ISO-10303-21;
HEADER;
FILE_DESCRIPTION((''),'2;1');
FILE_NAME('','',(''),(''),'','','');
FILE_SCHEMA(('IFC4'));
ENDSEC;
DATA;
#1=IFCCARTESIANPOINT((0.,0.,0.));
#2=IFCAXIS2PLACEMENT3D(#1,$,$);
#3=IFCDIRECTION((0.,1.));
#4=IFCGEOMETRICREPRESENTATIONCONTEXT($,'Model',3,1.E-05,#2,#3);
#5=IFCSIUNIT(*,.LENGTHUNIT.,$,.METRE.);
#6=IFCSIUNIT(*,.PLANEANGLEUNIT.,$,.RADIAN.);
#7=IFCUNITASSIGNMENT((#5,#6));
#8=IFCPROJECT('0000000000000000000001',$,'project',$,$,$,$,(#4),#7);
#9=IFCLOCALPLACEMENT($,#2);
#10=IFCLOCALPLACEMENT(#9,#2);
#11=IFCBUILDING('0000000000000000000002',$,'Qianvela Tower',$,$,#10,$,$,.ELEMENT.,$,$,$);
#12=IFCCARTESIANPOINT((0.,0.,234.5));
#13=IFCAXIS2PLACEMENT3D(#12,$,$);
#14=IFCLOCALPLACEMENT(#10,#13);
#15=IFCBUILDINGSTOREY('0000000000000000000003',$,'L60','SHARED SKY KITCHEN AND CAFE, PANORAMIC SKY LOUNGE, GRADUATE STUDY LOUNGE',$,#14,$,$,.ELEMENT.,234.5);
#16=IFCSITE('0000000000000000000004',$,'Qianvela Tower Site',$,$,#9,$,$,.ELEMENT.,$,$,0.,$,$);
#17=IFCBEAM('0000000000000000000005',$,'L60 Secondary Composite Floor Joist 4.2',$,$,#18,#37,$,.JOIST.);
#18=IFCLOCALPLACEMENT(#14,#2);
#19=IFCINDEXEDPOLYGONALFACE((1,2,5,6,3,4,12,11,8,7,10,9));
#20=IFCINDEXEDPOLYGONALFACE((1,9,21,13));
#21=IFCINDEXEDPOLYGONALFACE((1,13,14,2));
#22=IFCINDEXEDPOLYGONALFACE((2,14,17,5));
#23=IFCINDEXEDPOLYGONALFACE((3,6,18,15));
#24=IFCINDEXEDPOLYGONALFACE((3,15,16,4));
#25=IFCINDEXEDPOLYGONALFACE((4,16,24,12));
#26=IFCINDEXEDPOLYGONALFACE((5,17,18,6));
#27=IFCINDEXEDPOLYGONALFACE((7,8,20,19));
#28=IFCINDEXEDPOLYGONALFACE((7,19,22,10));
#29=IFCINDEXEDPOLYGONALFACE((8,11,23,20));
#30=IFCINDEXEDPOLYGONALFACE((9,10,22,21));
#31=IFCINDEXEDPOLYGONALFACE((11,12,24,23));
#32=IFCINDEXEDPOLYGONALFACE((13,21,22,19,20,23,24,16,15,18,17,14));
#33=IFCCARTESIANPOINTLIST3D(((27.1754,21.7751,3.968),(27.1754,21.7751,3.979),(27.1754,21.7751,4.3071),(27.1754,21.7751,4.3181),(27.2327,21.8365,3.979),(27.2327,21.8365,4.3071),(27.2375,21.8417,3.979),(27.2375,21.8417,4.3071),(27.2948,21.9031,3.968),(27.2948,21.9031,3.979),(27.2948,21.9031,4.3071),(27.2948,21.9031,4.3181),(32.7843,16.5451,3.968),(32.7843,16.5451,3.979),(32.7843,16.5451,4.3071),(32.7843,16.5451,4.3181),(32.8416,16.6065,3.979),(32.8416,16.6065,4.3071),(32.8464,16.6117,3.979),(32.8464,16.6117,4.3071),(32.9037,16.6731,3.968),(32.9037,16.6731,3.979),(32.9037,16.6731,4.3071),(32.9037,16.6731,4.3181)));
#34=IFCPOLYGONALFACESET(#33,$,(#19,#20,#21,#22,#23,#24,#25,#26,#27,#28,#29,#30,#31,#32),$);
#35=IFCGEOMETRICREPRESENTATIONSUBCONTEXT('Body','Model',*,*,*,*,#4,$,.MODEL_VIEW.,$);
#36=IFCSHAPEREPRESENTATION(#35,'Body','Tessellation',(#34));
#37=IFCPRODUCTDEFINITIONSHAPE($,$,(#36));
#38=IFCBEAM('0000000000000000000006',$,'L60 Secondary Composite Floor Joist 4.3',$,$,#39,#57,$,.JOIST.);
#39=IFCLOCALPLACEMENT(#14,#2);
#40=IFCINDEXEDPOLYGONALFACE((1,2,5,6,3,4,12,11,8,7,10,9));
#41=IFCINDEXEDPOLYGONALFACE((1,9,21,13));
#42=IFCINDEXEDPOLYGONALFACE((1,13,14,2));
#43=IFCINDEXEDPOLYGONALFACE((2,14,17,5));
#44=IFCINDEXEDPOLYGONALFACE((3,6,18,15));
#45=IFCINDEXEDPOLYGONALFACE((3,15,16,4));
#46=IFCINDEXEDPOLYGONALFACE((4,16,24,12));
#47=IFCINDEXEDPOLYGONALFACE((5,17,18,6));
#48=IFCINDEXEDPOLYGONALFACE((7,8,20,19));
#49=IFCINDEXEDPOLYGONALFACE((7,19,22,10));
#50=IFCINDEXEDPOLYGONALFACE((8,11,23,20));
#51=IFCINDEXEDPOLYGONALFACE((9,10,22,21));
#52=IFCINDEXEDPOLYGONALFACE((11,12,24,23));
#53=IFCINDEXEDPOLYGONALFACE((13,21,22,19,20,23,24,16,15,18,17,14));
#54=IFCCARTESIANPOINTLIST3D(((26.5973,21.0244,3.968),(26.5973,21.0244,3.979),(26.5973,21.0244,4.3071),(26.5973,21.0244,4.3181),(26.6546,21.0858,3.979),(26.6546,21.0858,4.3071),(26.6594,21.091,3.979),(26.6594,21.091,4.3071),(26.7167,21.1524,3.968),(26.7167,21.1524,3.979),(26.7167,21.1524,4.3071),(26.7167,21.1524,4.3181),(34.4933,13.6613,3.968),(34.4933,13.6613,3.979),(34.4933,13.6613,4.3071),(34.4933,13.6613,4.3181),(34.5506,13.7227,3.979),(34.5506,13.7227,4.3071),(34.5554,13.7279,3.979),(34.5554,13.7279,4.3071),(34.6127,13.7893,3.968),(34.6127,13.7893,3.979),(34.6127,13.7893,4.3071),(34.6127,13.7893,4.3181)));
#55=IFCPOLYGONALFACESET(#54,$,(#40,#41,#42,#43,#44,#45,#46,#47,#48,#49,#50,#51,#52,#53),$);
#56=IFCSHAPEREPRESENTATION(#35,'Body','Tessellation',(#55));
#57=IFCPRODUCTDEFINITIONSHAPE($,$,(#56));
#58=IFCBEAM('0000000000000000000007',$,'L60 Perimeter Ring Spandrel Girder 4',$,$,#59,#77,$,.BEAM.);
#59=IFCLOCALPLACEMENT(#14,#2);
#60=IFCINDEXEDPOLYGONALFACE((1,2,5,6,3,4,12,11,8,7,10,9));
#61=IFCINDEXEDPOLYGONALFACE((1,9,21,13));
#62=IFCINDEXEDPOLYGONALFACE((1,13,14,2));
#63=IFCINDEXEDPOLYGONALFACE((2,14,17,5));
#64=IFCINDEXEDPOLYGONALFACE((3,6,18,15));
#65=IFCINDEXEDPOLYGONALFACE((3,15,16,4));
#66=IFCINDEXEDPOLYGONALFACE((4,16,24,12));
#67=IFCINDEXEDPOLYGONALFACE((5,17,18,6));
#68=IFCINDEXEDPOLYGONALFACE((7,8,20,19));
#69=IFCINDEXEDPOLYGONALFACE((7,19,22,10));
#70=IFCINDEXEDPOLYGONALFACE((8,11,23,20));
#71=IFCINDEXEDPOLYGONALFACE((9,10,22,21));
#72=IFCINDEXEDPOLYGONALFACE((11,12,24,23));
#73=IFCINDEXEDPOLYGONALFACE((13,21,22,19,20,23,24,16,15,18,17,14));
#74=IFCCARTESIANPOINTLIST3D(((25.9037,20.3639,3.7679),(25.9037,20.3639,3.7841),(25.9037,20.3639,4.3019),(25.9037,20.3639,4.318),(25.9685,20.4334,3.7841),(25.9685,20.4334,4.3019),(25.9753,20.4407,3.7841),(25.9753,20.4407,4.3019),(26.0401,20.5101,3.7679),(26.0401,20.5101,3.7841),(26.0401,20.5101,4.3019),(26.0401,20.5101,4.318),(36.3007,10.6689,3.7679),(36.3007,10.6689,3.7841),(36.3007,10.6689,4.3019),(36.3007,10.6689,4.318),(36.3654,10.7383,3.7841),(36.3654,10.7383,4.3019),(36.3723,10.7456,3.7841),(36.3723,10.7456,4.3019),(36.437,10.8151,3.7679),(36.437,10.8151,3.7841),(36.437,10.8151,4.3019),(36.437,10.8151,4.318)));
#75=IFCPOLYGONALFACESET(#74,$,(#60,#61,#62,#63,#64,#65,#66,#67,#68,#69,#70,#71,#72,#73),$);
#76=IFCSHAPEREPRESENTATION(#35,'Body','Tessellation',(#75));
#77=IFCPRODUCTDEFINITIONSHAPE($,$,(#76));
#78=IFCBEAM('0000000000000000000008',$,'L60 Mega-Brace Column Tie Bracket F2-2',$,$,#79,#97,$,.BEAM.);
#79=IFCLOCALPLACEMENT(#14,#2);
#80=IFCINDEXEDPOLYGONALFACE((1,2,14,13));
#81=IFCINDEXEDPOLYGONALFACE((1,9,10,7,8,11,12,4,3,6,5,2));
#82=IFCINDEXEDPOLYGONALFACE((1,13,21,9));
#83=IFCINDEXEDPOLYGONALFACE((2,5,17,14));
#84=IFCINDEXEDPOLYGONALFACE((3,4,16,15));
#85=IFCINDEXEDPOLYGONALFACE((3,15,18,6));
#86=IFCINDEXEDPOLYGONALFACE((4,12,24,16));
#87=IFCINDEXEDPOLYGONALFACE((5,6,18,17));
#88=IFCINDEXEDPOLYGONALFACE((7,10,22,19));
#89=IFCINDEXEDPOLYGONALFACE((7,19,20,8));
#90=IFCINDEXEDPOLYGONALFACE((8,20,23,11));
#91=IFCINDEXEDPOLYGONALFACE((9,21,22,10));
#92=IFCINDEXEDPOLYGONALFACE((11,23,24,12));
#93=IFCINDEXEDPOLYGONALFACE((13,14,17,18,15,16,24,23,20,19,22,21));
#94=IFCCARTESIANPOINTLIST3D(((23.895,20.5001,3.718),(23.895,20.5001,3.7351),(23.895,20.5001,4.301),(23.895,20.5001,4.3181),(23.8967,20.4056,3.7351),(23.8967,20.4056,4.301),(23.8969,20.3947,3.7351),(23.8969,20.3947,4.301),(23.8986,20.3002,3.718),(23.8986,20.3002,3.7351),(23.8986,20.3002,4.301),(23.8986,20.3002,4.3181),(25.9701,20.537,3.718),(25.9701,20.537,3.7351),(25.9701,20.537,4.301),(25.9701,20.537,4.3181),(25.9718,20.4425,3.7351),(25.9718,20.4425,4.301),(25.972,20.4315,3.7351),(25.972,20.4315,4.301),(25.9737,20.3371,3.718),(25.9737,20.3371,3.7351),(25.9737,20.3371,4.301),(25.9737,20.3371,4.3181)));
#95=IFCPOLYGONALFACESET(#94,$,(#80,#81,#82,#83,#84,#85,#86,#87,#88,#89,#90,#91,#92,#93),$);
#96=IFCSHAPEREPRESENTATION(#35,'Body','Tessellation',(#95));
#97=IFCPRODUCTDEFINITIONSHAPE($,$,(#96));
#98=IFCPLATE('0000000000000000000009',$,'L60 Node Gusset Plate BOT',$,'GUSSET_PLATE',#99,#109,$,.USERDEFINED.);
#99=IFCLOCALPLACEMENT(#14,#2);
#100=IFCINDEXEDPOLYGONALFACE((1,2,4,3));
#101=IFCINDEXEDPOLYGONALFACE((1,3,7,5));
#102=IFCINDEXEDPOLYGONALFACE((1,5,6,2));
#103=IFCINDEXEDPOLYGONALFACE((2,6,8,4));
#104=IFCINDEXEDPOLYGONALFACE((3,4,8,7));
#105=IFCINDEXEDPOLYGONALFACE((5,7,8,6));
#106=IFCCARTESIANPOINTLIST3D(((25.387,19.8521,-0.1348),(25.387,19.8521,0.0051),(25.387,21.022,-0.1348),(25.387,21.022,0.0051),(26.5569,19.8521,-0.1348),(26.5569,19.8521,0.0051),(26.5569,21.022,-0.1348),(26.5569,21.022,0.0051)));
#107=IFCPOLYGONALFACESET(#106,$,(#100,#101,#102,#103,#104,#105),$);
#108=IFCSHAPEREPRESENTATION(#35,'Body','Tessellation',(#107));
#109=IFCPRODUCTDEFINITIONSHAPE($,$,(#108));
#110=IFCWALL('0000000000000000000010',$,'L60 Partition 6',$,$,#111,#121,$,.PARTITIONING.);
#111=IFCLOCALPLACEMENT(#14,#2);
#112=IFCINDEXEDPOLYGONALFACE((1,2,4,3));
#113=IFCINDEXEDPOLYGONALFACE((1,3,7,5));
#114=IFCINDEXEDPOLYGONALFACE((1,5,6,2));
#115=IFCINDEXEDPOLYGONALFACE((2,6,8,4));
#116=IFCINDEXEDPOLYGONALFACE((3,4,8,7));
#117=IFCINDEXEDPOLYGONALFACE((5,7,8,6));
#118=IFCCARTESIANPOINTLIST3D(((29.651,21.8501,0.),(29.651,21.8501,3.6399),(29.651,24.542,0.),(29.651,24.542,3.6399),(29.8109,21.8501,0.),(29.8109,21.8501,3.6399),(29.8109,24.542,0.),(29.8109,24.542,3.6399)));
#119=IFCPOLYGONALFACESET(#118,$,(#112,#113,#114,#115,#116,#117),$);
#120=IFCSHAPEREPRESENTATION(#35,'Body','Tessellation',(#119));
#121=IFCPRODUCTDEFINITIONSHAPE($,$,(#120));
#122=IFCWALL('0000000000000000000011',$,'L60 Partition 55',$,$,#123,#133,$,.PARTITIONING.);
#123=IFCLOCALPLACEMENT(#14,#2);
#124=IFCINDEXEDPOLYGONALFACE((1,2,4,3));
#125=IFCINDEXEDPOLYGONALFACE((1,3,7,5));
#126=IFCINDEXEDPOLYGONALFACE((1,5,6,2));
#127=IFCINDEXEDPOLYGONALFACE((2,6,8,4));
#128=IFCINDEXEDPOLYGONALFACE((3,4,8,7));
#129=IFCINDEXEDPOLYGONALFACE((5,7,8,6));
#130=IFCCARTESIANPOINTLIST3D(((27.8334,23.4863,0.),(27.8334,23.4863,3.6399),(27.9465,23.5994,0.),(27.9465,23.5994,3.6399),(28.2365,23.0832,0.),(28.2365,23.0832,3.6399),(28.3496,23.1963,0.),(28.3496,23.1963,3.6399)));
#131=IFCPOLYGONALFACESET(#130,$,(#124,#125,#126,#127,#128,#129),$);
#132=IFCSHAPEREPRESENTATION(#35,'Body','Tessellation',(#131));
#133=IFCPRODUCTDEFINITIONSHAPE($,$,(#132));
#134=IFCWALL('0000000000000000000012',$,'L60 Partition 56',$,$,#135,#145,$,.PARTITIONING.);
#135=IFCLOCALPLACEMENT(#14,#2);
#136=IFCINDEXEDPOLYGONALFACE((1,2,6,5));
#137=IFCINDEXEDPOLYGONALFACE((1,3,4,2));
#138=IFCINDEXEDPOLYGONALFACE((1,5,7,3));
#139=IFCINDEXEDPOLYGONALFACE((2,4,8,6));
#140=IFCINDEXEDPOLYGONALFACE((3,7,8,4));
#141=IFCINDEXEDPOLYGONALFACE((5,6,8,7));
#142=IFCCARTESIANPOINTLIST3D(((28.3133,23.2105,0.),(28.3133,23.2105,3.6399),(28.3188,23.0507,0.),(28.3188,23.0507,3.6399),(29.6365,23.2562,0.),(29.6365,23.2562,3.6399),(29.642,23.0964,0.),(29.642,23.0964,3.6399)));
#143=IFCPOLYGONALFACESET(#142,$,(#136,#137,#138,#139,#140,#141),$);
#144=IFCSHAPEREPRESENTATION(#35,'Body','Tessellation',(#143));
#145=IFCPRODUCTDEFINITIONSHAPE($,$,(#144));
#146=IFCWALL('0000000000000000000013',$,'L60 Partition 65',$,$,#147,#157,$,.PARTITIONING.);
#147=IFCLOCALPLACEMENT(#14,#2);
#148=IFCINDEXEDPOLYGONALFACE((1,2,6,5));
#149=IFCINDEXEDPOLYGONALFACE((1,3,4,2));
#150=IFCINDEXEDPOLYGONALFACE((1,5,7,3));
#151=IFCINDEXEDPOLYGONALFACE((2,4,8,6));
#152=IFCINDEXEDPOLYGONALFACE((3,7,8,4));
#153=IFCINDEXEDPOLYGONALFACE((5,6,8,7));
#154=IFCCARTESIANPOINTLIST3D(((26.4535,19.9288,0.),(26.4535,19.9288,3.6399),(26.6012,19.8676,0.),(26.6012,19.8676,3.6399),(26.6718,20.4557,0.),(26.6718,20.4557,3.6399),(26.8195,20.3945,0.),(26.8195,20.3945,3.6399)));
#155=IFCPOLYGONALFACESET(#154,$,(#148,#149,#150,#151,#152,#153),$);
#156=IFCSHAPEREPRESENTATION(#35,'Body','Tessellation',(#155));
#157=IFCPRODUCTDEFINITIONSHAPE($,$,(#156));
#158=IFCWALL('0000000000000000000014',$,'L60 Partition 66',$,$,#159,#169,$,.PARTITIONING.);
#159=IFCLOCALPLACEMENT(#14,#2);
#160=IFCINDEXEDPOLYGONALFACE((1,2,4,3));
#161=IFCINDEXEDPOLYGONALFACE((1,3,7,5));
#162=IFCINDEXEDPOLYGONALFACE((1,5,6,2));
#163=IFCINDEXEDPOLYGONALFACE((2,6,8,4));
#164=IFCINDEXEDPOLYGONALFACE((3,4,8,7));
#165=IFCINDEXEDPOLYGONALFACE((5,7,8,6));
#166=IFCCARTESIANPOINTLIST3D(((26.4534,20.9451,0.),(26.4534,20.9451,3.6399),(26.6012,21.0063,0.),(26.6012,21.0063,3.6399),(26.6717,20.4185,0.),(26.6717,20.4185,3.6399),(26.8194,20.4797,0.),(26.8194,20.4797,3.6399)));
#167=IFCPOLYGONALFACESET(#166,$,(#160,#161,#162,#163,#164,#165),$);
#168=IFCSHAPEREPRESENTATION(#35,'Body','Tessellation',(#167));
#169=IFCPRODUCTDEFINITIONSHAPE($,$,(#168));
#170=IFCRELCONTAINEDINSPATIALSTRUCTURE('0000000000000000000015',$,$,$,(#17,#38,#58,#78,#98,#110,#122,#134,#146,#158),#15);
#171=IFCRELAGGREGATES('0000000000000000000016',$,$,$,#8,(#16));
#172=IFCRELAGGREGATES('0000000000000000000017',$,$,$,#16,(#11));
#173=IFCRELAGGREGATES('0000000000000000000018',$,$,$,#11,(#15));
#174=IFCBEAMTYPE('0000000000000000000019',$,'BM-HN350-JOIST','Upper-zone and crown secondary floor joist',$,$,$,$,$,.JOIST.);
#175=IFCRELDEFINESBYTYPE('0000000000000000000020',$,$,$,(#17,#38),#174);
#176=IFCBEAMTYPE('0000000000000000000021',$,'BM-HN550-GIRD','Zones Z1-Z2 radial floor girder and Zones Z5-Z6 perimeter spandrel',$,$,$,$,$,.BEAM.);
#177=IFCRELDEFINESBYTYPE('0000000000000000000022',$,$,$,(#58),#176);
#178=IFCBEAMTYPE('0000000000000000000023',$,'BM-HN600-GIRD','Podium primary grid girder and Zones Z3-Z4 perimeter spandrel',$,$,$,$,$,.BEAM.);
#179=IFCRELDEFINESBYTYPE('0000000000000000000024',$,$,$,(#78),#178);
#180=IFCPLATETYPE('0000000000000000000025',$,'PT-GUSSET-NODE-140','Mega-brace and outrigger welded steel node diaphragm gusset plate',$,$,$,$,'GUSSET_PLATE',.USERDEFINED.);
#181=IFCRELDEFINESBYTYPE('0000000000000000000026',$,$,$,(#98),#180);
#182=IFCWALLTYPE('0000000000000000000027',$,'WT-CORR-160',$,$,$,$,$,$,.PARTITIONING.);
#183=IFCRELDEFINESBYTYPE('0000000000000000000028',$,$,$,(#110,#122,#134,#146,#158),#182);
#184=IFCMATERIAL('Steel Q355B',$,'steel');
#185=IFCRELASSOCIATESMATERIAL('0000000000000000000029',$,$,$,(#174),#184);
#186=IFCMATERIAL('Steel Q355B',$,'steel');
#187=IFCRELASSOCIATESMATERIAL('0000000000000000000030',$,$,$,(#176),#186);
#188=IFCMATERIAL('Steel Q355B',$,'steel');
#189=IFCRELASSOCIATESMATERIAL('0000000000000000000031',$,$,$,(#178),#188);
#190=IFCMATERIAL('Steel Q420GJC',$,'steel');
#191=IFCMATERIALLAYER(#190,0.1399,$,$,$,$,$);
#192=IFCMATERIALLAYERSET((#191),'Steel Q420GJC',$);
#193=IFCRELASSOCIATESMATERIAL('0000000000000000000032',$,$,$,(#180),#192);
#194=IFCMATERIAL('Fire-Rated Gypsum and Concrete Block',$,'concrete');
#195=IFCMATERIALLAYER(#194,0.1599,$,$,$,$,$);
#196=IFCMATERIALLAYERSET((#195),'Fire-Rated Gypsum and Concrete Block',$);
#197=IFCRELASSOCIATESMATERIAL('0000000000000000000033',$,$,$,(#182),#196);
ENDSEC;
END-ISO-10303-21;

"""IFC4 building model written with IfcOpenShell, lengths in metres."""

from ifc_helpers import new_model, si_unit, direction, frame, frame_2d, origin, origin_2d, place, context, subcontext, project, spatial, rectangle, i_section, extrude, material, layer, layer_set, material_profile, profile_set, type_object, element, save


model = new_model("IFC4")

# Units and contexts
model_context = context("Model", 3, precision=1e-05, world=origin(), true_north=direction((0.0, 1.0)))
body_context = subcontext(model_context, "Body", "Model", "MODEL_VIEW")
ifc_project = project(units=[si_unit("LENGTHUNIT", "METRE"), si_unit("PLANEANGLEUNIT", "RADIAN")], contexts=[model_context])

# Site, building, storey
site_placement = place(None, origin())
site = spatial("IfcSite", under=ifc_project, at=site_placement, Name="Qianvela Tower Site", CompositionType="ELEMENT", RefElevation=0.0)
building_placement = place(site_placement, origin())
building = spatial("IfcBuilding", under=site, at=building_placement, Name="Qianvela Tower", CompositionType="ELEMENT")
storey_placement = place(building_placement, frame((0.0, 0.0, 234.5)))
storey = spatial("IfcBuildingStorey", under=building, at=storey_placement, Name="L60", Description="SHARED SKY KITCHEN AND CAFE, PANORAMIC SKY LOUNGE, GRADUATE STUDY LOUNGE", CompositionType="ELEMENT", Elevation=234.5)

# Beams
ifc_material_1 = material(Name="Steel Q355B", Category="steel")
ifc_material_profile_1 = material_profile(ifc_material_1, i_section(OverallWidth=0.175, OverallDepth=0.3501, WebThickness=0.0071, FlangeThickness=0.011, at=origin_2d()), Name="HN350x175x7x11")
ifc_profile_set_1 = profile_set([ifc_material_profile_1], Name="Steel Q355B")
beam_type_1 = type_object("IfcBeamType", Name="BM-HN350-JOIST", Description="Upper-zone and crown secondary floor joist", PredefinedType="JOIST", material=ifc_profile_set_1)
beam_1_placement = place(storey_placement, frame((27.2351, 21.8391, 4.1431), z_axis=(0.731379, -0.681971, 0.0), x_axis=(0.681971, 0.731379, 0.0)))
element("IfcBeam", 1, at=beam_1_placement, inside=storey, type_object=beam_type_1, Name="L60 Secondary Composite Floor Joist 4.2", PredefinedType="JOIST", context=body_context, shape_type="SweptSolid", body=[
    extrude(i_section(OverallWidth=0.175, OverallDepth=0.3501, WebThickness=0.0071, FlangeThickness=0.011, at=origin_2d()), origin(), (0.0, 0.0, 1.0), 7.6689),
])
beam_2_placement = place(storey_placement, frame((26.657, 21.0884, 4.1431), z_axis=(0.731358, -0.681993, 0.0), x_axis=(0.681993, 0.731358, 0.0)))
element("IfcBeam", 2, at=beam_2_placement, inside=storey, type_object=beam_type_1, Name="L60 Secondary Composite Floor Joist 4.3", PredefinedType="JOIST", context=body_context, shape_type="SweptSolid", body=[
    extrude(i_section(OverallWidth=0.175, OverallDepth=0.3501, WebThickness=0.0071, FlangeThickness=0.011, at=origin_2d()), origin(), (0.0, 0.0, 1.0), 10.7964),
])
ifc_material_2 = material(Name="Steel Q355B", Category="steel")
ifc_material_profile_2 = material_profile(ifc_material_2, i_section(OverallWidth=0.2, OverallDepth=0.55, WebThickness=0.01, FlangeThickness=0.0161, at=origin_2d()), Name="HN550x200x10x16")
ifc_profile_set_2 = profile_set([ifc_material_profile_2], Name="Steel Q355B")
beam_type_2 = type_object("IfcBeamType", Name="BM-HN550-GIRD", Description="Zones Z1-Z2 radial floor girder and Zones Z5-Z6 perimeter spandrel", PredefinedType="BEAM", material=ifc_profile_set_2)
beam_3_placement = place(storey_placement, frame((25.9719, 20.437, 4.043), z_axis=(0.731363, -0.681988, 0.0), x_axis=(0.681988, 0.731363, 0.0)))
element("IfcBeam", 3, at=beam_3_placement, inside=storey, type_object=beam_type_2, Name="L60 Perimeter Ring Spandrel Girder 4", PredefinedType="BEAM", context=body_context, shape_type="SweptSolid", body=[
    extrude(i_section(OverallWidth=0.2, OverallDepth=0.55, WebThickness=0.01, FlangeThickness=0.0161, at=origin_2d()), origin(), (0.0, 0.0, 1.0), 14.2158),
])
ifc_material_3 = material(Name="Steel Q355B", Category="steel")
ifc_material_profile_3 = material_profile(ifc_material_3, i_section(OverallWidth=0.2, OverallDepth=0.6001, WebThickness=0.011, FlangeThickness=0.0171, at=origin_2d()), Name="HN600x200x11x17")
ifc_profile_set_3 = profile_set([ifc_material_profile_3], Name="Steel Q355B")
beam_type_3 = type_object("IfcBeamType", Name="BM-HN600-GIRD", Description="Podium primary grid girder and Zones Z3-Z4 perimeter spandrel", PredefinedType="BEAM", material=ifc_profile_set_3)
beam_4_placement = place(storey_placement, frame((25.9719, 20.437, 4.0181), z_axis=(-0.999842, -0.017762, 0.0), x_axis=(0.017762, -0.999842, 0.0)))
element("IfcBeam", 4, at=beam_4_placement, inside=storey, type_object=beam_type_3, Name="L60 Mega-Brace Column Tie Bracket F2-2", PredefinedType="BEAM", context=body_context, shape_type="SweptSolid", body=[
    extrude(i_section(OverallWidth=0.2, OverallDepth=0.6001, WebThickness=0.011, FlangeThickness=0.0171, at=origin_2d()), origin(), (0.0, 0.0, 1.0), 2.0754),
])

# Plate
ifc_material_4 = material(Name="Steel Q420GJC", Category="steel")
ifc_layer_1 = layer(ifc_material_4, 0.1399)
ifc_layer_set_1 = layer_set([ifc_layer_1], Name="Steel Q420GJC")
plate_type = type_object("IfcPlateType", Name="PT-GUSSET-NODE-140", Description="Mega-brace and outrigger welded steel node diaphragm gusset plate", ElementType="GUSSET_PLATE", PredefinedType="USERDEFINED", material=ifc_layer_set_1)
plate_placement = place(storey_placement, frame((25.9719, 20.437, -0.1348), z_axis=(0.0, 0.0, 1.0), x_axis=(1.0, 0.0, 0.0)))
element("IfcPlate", 5, at=plate_placement, inside=storey, type_object=plate_type, Name="L60 Node Gusset Plate BOT", ObjectType="GUSSET_PLATE", PredefinedType="USERDEFINED", context=body_context, shape_type="SweptSolid", body=[
    extrude(rectangle(XDim=1.1699, YDim=1.1699, at=origin_2d()), origin(), (0.0, 0.0, 1.0), 0.1399),
])

# Shared definitions
ifc_material_5 = material(Name="Fire-Rated Gypsum and Concrete Block", Category="concrete")
ifc_layer_2 = layer(ifc_material_5, 0.1599)
ifc_layer_set_2 = layer_set([ifc_layer_2], Name="Fire-Rated Gypsum and Concrete Block")
wall_type_1 = type_object("IfcWallType", Name="WT-CORR-160", PredefinedType="PARTITIONING", material=ifc_layer_set_2)

# Walls
wall_1_placement = place(storey_placement, frame((29.731, 21.8501, 0.0), z_axis=(0.0, 0.0, 1.0), x_axis=(0.0, 1.0, 0.0)))
element("IfcWall", 6, at=wall_1_placement, inside=storey, type_object=wall_type_1, Name="L60 Partition 6", PredefinedType="PARTITIONING", context=body_context, shape_type="SweptSolid", body=[
    extrude(rectangle(XDim=2.6919, YDim=0.1599, at=frame_2d((1.3459, 0.0))), origin(), (0.0, 0.0, 1.0), 3.6399),
])
wall_2_placement = place(storey_placement, frame((27.8899, 23.543, 0.0), z_axis=(0.0, 0.0, 1.0), x_axis=(0.707107, -0.707107, 0.0)))
element("IfcWall", 7, at=wall_2_placement, inside=storey, type_object=wall_type_1, Name="L60 Partition 55", PredefinedType="PARTITIONING", context=body_context, shape_type="SweptSolid", body=[
    extrude(rectangle(XDim=0.5701, YDim=0.1599, at=frame_2d((0.2852, 0.0))), origin(), (0.0, 0.0, 1.0), 3.6399),
])
wall_3_placement = place(storey_placement, frame((28.3159, 23.1306, 0.0), z_axis=(0.0, 0.0, 1.0), x_axis=(0.999405, 0.034481, 0.0)))
element("IfcWall", 8, at=wall_3_placement, inside=storey, type_object=wall_type_1, Name="L60 Partition 56", PredefinedType="PARTITIONING", context=body_context, shape_type="SweptSolid", body=[
    extrude(rectangle(XDim=1.324, YDim=0.1599, at=frame_2d((0.6621, 0.0))), origin(), (0.0, 0.0, 1.0), 3.6399),
])
wall_4_placement = place(storey_placement, frame((26.5273, 19.8982, 0.0), z_axis=(0.0, 0.0, 1.0), x_axis=(0.38273, 0.92386, 0.0)))
element("IfcWall", 9, at=wall_4_placement, inside=storey, type_object=wall_type_1, Name="L60 Partition 65", PredefinedType="PARTITIONING", context=body_context, shape_type="SweptSolid", body=[
    extrude(rectangle(XDim=0.5703, YDim=0.1599, at=frame_2d((0.2852, 0.0))), origin(), (0.0, 0.0, 1.0), 3.6399),
])
wall_5_placement = place(storey_placement, frame((26.7456, 20.449, 0.0), z_axis=(0.0, 0.0, 1.0), x_axis=(-0.382881, 0.923798, 0.0)))
element("IfcWall", 10, at=wall_5_placement, inside=storey, type_object=wall_type_1, Name="L60 Partition 66", PredefinedType="PARTITIONING", context=body_context, shape_type="SweptSolid", body=[
    extrude(rectangle(XDim=0.5701, YDim=0.1599, at=frame_2d((0.2852, 0.0))), origin(), (0.0, 0.0, 1.0), 3.6399),
])

save(model, "model.ifc")
